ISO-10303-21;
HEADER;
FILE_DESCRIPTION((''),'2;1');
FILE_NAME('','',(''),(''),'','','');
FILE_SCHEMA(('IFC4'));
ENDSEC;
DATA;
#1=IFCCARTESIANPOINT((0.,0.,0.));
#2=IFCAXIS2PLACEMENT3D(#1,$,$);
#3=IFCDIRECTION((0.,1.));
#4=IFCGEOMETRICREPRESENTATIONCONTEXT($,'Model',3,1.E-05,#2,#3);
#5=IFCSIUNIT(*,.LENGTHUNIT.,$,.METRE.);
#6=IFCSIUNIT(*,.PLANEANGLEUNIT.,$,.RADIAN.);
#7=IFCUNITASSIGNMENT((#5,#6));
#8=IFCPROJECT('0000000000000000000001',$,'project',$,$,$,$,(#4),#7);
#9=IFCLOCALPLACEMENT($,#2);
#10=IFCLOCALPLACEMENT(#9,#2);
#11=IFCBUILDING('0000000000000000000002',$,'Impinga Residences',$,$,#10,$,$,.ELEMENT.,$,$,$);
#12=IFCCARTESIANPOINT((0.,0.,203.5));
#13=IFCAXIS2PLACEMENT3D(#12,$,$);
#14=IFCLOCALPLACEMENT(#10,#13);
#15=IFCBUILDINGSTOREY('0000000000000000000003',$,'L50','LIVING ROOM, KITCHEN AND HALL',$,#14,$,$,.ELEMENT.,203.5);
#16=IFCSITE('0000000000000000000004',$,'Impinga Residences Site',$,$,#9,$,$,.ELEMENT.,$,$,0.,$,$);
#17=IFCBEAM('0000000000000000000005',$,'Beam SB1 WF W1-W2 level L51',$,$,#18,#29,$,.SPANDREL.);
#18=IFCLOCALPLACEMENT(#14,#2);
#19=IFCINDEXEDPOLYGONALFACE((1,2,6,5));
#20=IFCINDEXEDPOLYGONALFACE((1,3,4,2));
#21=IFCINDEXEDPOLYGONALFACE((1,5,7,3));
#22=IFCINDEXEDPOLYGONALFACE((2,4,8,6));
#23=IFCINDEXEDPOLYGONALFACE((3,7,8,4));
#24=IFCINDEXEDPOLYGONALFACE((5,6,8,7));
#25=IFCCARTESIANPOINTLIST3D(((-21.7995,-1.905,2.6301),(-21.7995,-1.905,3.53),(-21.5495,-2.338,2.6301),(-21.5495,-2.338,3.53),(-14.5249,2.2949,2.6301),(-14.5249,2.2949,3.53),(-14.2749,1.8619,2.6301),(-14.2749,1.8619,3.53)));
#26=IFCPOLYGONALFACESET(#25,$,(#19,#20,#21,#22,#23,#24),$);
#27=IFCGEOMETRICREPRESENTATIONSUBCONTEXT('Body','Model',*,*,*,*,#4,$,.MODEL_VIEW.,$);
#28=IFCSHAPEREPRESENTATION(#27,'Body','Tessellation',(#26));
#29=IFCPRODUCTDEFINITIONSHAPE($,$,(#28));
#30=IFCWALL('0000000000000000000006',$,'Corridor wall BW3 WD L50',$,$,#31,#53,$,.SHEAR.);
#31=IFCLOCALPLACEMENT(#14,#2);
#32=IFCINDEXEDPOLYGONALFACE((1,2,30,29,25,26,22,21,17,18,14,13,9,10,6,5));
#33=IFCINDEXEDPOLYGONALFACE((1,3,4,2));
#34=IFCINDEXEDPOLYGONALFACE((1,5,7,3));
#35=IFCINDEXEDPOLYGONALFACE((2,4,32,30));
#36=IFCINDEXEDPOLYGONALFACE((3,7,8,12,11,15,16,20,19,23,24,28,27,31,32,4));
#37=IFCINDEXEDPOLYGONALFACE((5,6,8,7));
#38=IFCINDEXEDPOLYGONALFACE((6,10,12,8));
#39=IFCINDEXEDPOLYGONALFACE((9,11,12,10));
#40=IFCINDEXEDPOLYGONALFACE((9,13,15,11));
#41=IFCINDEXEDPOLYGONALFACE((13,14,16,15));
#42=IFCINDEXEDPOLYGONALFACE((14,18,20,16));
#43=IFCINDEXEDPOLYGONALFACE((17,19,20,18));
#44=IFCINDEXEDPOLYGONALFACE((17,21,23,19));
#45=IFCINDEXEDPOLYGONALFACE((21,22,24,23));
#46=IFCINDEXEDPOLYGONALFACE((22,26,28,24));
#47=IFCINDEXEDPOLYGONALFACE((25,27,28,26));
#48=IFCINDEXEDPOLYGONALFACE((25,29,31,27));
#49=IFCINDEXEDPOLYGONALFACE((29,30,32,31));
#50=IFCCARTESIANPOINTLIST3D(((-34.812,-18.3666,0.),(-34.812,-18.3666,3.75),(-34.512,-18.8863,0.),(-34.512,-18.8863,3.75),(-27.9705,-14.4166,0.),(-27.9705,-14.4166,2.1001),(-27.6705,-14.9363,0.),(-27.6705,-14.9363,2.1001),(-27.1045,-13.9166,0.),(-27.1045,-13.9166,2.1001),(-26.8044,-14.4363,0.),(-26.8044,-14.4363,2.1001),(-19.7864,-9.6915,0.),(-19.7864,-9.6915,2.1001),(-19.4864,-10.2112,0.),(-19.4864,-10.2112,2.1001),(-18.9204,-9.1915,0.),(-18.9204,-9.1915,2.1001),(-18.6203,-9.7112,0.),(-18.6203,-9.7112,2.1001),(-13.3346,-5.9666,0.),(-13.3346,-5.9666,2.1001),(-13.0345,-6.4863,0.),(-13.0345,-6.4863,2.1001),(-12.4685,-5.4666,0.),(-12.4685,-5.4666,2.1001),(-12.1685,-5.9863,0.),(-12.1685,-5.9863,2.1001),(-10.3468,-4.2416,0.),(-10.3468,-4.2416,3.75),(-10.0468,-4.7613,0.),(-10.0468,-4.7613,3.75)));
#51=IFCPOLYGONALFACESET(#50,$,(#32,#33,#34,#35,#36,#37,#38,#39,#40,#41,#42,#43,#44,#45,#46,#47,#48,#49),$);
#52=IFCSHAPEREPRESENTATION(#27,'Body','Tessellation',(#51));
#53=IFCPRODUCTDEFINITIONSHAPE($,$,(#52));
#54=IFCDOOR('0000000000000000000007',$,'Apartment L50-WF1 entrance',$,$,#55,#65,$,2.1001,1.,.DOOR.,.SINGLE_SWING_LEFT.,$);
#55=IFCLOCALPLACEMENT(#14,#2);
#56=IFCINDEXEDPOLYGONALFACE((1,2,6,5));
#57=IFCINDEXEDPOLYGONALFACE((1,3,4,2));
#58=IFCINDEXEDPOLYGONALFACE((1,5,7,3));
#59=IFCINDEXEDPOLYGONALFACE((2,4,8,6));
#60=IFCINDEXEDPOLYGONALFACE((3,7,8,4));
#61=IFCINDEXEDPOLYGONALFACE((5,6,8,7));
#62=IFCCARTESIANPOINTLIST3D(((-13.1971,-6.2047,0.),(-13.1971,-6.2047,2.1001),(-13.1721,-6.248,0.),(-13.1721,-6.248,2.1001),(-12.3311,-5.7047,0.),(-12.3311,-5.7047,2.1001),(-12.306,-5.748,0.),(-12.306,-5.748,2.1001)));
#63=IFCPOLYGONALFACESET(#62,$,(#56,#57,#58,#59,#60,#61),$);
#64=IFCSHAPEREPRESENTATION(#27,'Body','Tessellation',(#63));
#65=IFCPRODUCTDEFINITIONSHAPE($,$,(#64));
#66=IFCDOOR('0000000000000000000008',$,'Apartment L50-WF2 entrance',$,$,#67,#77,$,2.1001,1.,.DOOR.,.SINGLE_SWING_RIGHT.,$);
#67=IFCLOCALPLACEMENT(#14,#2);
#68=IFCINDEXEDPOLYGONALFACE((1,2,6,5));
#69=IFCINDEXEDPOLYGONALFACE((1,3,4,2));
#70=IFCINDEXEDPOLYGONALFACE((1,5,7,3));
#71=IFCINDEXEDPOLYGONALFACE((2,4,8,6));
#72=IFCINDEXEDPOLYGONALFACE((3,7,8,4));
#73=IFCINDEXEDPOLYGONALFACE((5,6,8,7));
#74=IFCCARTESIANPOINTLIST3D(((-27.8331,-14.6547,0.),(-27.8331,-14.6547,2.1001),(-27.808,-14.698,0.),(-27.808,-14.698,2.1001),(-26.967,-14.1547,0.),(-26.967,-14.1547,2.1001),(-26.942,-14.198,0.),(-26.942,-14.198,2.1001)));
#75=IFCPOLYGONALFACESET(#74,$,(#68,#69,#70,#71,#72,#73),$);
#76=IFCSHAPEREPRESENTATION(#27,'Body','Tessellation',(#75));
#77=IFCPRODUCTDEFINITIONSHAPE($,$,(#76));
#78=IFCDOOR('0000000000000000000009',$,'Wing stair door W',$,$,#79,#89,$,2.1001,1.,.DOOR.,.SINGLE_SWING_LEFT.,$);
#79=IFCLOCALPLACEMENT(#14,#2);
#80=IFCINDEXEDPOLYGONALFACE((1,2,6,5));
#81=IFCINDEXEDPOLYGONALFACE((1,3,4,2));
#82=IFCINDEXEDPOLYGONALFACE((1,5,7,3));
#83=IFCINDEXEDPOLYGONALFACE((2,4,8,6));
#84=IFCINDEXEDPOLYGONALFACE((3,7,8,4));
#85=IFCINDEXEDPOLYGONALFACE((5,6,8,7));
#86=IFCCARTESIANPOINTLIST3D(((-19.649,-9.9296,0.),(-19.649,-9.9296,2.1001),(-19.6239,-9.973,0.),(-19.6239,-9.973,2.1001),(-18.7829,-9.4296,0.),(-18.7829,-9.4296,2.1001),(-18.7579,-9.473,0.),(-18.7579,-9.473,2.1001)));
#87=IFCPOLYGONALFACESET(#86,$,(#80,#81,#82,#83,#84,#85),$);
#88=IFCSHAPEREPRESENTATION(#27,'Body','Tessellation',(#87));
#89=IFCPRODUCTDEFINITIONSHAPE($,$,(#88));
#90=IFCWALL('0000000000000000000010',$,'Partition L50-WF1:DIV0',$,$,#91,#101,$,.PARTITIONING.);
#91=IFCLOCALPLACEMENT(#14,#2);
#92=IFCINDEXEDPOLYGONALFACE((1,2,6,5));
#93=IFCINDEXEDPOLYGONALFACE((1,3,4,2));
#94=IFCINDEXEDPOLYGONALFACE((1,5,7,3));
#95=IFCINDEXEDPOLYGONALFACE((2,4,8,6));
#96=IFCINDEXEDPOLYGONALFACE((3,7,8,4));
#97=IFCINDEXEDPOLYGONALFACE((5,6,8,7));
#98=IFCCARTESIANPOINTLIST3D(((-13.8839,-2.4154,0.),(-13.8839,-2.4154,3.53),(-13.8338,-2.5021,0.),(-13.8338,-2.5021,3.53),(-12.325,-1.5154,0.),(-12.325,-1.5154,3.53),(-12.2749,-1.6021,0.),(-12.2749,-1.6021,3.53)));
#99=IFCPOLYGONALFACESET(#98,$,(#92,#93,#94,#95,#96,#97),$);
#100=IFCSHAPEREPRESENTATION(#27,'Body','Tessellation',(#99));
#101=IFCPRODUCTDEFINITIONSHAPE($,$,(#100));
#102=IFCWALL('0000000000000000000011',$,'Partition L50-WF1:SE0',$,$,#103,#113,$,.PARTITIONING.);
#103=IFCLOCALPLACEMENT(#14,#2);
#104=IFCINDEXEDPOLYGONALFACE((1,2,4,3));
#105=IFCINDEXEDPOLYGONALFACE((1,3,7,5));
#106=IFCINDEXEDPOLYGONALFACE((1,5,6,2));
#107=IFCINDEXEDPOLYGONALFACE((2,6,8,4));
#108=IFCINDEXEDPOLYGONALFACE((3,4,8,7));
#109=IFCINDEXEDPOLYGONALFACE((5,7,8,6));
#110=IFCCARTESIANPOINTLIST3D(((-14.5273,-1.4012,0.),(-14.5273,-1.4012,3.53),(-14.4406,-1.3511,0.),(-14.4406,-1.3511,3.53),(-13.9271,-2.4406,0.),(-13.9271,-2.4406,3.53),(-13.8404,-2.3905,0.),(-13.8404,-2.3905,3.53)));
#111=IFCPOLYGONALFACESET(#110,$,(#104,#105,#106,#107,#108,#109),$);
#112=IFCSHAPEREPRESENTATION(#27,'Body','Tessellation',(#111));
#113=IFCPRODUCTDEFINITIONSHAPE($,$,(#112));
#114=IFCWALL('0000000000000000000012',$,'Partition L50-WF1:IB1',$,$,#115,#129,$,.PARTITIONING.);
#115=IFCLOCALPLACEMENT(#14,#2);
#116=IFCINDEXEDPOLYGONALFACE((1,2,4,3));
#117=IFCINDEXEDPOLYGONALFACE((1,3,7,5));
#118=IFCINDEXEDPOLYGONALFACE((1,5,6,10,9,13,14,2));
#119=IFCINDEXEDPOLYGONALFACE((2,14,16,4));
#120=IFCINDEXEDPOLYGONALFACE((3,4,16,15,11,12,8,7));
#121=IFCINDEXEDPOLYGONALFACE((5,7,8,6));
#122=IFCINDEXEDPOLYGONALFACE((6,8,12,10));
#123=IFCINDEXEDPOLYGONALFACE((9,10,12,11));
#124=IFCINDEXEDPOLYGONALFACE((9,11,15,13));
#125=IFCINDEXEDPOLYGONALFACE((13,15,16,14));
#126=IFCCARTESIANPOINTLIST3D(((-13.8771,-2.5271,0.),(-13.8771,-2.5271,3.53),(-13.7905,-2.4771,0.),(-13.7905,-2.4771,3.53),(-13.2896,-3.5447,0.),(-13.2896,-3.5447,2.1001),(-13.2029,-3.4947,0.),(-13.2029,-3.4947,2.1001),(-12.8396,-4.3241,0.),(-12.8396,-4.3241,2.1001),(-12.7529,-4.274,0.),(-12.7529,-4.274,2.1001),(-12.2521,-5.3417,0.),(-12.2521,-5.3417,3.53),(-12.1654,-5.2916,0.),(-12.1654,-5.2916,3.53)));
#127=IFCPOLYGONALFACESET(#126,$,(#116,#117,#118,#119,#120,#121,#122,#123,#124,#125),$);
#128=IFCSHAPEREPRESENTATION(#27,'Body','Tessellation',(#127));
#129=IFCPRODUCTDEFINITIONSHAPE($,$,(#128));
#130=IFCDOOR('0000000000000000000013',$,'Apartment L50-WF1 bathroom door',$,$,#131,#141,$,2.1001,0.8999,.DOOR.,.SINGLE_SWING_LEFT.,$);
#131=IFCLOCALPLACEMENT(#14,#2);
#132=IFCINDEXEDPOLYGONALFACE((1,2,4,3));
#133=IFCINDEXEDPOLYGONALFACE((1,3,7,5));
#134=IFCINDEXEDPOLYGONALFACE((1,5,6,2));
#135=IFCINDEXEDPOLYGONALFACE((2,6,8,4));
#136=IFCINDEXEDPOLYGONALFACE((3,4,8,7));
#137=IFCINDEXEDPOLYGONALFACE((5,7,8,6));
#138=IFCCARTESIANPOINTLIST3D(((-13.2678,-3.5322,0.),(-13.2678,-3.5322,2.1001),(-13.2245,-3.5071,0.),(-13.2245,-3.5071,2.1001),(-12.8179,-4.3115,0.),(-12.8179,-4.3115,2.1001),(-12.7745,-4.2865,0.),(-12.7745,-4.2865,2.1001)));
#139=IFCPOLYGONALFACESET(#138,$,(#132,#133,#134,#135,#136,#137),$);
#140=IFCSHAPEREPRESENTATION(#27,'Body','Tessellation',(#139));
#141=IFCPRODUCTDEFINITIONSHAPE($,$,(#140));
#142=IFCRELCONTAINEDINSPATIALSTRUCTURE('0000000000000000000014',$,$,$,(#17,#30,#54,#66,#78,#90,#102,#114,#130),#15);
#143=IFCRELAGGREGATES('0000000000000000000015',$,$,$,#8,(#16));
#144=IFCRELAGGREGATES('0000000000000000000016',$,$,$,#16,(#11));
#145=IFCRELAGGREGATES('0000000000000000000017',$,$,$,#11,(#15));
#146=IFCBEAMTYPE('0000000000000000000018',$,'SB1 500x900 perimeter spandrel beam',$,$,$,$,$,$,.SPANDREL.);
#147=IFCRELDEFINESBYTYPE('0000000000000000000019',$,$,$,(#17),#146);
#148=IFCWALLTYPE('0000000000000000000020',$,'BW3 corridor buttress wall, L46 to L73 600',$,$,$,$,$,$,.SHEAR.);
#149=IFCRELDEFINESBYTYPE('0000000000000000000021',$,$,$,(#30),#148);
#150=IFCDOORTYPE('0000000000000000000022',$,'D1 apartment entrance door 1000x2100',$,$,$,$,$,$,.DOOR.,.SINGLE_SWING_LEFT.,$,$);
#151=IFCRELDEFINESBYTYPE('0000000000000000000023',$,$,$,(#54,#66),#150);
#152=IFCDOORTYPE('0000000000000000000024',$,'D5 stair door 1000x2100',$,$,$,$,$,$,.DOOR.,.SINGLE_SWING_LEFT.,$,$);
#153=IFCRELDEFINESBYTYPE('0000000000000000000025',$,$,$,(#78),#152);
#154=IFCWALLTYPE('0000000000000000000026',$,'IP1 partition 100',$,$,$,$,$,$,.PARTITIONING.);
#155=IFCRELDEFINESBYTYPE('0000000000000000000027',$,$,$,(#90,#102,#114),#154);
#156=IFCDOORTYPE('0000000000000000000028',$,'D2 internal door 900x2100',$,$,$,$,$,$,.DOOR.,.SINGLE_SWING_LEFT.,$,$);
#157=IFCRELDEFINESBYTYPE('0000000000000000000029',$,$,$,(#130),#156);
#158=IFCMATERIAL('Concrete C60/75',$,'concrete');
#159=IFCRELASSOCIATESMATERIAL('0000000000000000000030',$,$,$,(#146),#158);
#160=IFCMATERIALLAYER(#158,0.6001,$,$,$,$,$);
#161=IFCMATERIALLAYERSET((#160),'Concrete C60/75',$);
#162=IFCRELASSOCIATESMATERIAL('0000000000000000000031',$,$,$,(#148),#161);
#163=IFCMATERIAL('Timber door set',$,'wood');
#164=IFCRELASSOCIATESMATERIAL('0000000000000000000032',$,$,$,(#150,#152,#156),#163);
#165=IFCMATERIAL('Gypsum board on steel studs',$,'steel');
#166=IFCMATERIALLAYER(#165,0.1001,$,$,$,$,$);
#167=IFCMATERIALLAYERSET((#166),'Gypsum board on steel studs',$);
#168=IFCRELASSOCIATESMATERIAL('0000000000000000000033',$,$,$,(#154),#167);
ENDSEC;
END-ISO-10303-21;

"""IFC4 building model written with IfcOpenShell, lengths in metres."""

from ifc_helpers import new_model, si_unit, direction, frame, frame_2d, origin, origin_2d, place, context, subcontext, project, spatial, rectangle, extrude, material, layer, layer_set, material_profile, profile_set, type_object, element, fill, save


model = new_model("IFC4")

# Units and contexts
model_context = context("Model", 3, precision=1e-05, world=origin(), true_north=direction((0.0, 1.0)))
body_context = subcontext(model_context, "Body", "Model", "MODEL_VIEW")
ifc_project = project(units=[si_unit("LENGTHUNIT", "METRE"), si_unit("PLANEANGLEUNIT", "RADIAN")], contexts=[model_context])

# Site, building, storey
site_placement = place(None, origin())
site = spatial("IfcSite", under=ifc_project, at=site_placement, Name="Impinga Residences Site", CompositionType="ELEMENT", RefElevation=0.0)
building_placement = place(site_placement, origin())
building = spatial("IfcBuilding", under=site, at=building_placement, Name="Impinga Residences", CompositionType="ELEMENT")
storey_placement = place(building_placement, frame((0.0, 0.0, 203.5)))
storey = spatial("IfcBuildingStorey", under=building, at=storey_placement, Name="L50", Description="LIVING ROOM, KITCHEN AND HALL", CompositionType="ELEMENT", Elevation=203.5)

# Beam
ifc_material_1 = material(Name="Concrete C60/75", Category="concrete")
ifc_material_profile = material_profile(ifc_material_1, rectangle(XDim=0.5, YDim=0.8999, at=origin_2d()), Name="RC 500x900")
ifc_profile_set = profile_set([ifc_material_profile], Name="Concrete C60/75")
beam_type = type_object("IfcBeamType", Name="SB1 500x900 perimeter spandrel beam", PredefinedType="SPANDREL", material=ifc_profile_set)
beam_placement = place(storey_placement, frame((-14.3999, 2.0784, 3.0801), z_axis=(-0.866029, -0.499993, 0.0), x_axis=(0.499993, -0.866029, 0.0)))
element("IfcBeam", 1, at=beam_placement, inside=storey, type_object=beam_type, Name="Beam SB1 WF W1-W2 level L51", PredefinedType="SPANDREL", context=body_context, shape_type="SweptSolid", body=[
    extrude(rectangle(XDim=0.5, YDim=0.8999, at=origin_2d()), origin(), (0.0, 0.0, 1.0), 8.3999),
])

# Wall, openings, doors
ifc_layer_1 = layer(ifc_material_1, 0.6001)
ifc_layer_set_1 = layer_set([ifc_layer_1], Name="Concrete C60/75")
wall_type_1 = type_object("IfcWallType", Name="BW3 corridor buttress wall, L46 to L73 600", PredefinedType="SHEAR", material=ifc_layer_set_1)
wall_1_placement = place(storey_placement, frame((-10.1968, -4.5015, 0.0), z_axis=(0.0, 0.0, 1.0), x_axis=(-0.866026, -0.499998, 0.0)))
wall_1 = element("IfcWall", 2, at=wall_1_placement, inside=storey, type_object=wall_type_1, Name="Corridor wall BW3 WD L50", PredefinedType="SHEAR", context=body_context, shape_type="SweptSolid", body=[
    extrude(rectangle(XDim=28.25, YDim=0.6001, at=frame_2d((14.125, 0.0))), origin(), (0.0, 0.0, 1.0), 3.75),
])
opening_1_placement = place(wall_1_placement, frame((9.8999, 0.0, 0.0)))
opening_1 = element("IfcOpeningElement", 3, at=opening_1_placement, cuts=wall_1, PredefinedType="OPENING", context=body_context, shape_type="SweptSolid", body=[
    extrude(rectangle(XDim=1.0, YDim=2.1001, at=frame_2d((0.5, 1.05))), frame((0.0, 0.3101, 0.0), z_axis=(0.0, -1.0, 0.0), x_axis=(1.0, 0.0, 0.0)), (0.0, 0.0, 1.0), 0.6201),
])
opening_2_placement = place(wall_1_placement, frame((2.45, 0.0, 0.0)))
opening_2 = element("IfcOpeningElement", 4, at=opening_2_placement, cuts=wall_1, PredefinedType="OPENING", context=body_context, shape_type="SweptSolid", body=[
    extrude(rectangle(XDim=1.0, YDim=2.1001, at=frame_2d((0.5, 1.05))), frame((0.0, 0.3101, 0.0), z_axis=(0.0, -1.0, 0.0), x_axis=(1.0, 0.0, 0.0)), (0.0, 0.0, 1.0), 0.6201),
])
opening_3_placement = place(wall_1_placement, frame((19.3501, 0.0, 0.0)))
opening_3 = element("IfcOpeningElement", 5, at=opening_3_placement, cuts=wall_1, PredefinedType="OPENING", context=body_context, shape_type="SweptSolid", body=[
    extrude(rectangle(XDim=1.0, YDim=2.1001, at=frame_2d((0.5, 1.05))), frame((0.0, 0.3101, 0.0), z_axis=(0.0, -1.0, 0.0), x_axis=(1.0, 0.0, 0.0)), (0.0, 0.0, 1.0), 0.6201),
])
ifc_material_2 = material(Name="Timber door set", Category="wood")
door_type_1 = type_object("IfcDoorType", Name="D1 apartment entrance door 1000x2100", OperationType="SINGLE_SWING_LEFT", PredefinedType="DOOR", material=ifc_material_2)
door_1_placement = place(opening_2_placement, origin())
door_1 = element("IfcDoor", 6, at=door_1_placement, inside=storey, type_object=door_type_1, Name="Apartment L50-WF1 entrance", OperationType="SINGLE_SWING_LEFT", OverallHeight=2.1001, OverallWidth=1.0, PredefinedType="DOOR", context=body_context, shape_type="SweptSolid", body=[
    extrude(rectangle(XDim=1.0, YDim=2.1001, at=frame_2d((0.5, 1.05))), frame((0.0, 0.0249, 0.0), z_axis=(0.0, -1.0, 0.0), x_axis=(1.0, 0.0, 0.0)), (0.0, 0.0, 1.0), 0.05),
])
fill(opening_2, door_1)
door_2_placement = place(opening_3_placement, origin())
door_2 = element("IfcDoor", 7, at=door_2_placement, inside=storey, type_object=door_type_1, Name="Apartment L50-WF2 entrance", OperationType="SINGLE_SWING_RIGHT", OverallHeight=2.1001, OverallWidth=1.0, PredefinedType="DOOR", context=body_context, shape_type="SweptSolid", body=[
    extrude(rectangle(XDim=1.0, YDim=2.1001, at=frame_2d((0.5, 1.05))), frame((0.0, 0.0249, 0.0), z_axis=(0.0, -1.0, 0.0), x_axis=(1.0, 0.0, 0.0)), (0.0, 0.0, 1.0), 0.05),
])
fill(opening_3, door_2)
door_type_2 = type_object("IfcDoorType", Name="D5 stair door 1000x2100", OperationType="SINGLE_SWING_LEFT", PredefinedType="DOOR", material=ifc_material_2)
door_3_placement = place(opening_1_placement, origin())
door_3 = element("IfcDoor", 8, at=door_3_placement, inside=storey, type_object=door_type_2, Name="Wing stair door W", OperationType="SINGLE_SWING_LEFT", OverallHeight=2.1001, OverallWidth=1.0, PredefinedType="DOOR", context=body_context, shape_type="SweptSolid", body=[
    extrude(rectangle(XDim=1.0, YDim=2.1001, at=frame_2d((0.5, 1.05))), frame((0.0, 0.0249, 0.0), z_axis=(0.0, -1.0, 0.0), x_axis=(1.0, 0.0, 0.0)), (0.0, 0.0, 1.0), 0.05),
])
fill(opening_1, door_3)

# Walls
ifc_material_3 = material(Name="Gypsum board on steel studs", Category="steel")
ifc_layer_2 = layer(ifc_material_3, 0.1001)
ifc_layer_set_2 = layer_set([ifc_layer_2], Name="Gypsum board on steel studs")
wall_type_2 = type_object("IfcWallType", Name="IP1 partition 100", PredefinedType="PARTITIONING", material=ifc_layer_set_2)
wall_2_placement = place(storey_placement, frame((-12.3, -1.5588, 0.0), z_axis=(0.0, 0.0, 1.0), x_axis=(-0.866048, -0.499961, 0.0)))
element("IfcWall", 9, at=wall_2_placement, inside=storey, type_object=wall_type_2, Name="Partition L50-WF1:DIV0", PredefinedType="PARTITIONING", context=body_context, shape_type="SweptSolid", body=[
    extrude(rectangle(XDim=1.8, YDim=0.1001, at=frame_2d((0.8999, 0.0))), origin(), (0.0, 0.0, 1.0), 3.53),
])
wall_3_placement = place(storey_placement, frame((-13.8838, -2.4155, 0.0), z_axis=(0.0, 0.0, 1.0), x_axis=(-0.500034, 0.866006, 0.0)))
element("IfcWall", 10, at=wall_3_placement, inside=storey, type_object=wall_type_2, Name="Partition L50-WF1:SE0", PredefinedType="PARTITIONING", context=body_context, shape_type="SweptSolid", body=[
    extrude(rectangle(XDim=1.2002, YDim=0.1001, at=frame_2d((0.6001, 0.0))), origin(), (0.0, 0.0, 1.0), 3.53),
])

# Wall, opening, door
wall_4_placement = place(storey_placement, frame((-12.2087, -5.3167, 0.0), z_axis=(0.0, 0.0, 1.0), x_axis=(-0.500017, 0.866015, 0.0)))
wall_4 = element("IfcWall", 11, at=wall_4_placement, inside=storey, type_object=wall_type_2, Name="Partition L50-WF1:IB1", PredefinedType="PARTITIONING", context=body_context, shape_type="SweptSolid", body=[
    extrude(rectangle(XDim=3.25, YDim=0.1001, at=frame_2d((1.625, 0.0))), origin(), (0.0, 0.0, 1.0), 3.53),
])
opening_4_placement = place(wall_4_placement, frame((1.175, 0.0, 0.0)))
opening_4 = element("IfcOpeningElement", 12, at=opening_4_placement, cuts=wall_4, PredefinedType="OPENING", context=body_context, shape_type="SweptSolid", body=[
    extrude(rectangle(XDim=0.8999, YDim=2.1001, at=frame_2d((0.45, 1.05))), frame((0.0, 0.0601, 0.0), z_axis=(0.0, -1.0, 0.0), x_axis=(1.0, 0.0, 0.0)), (0.0, 0.0, 1.0), 0.1201),
])
door_type_3 = type_object("IfcDoorType", Name="D2 internal door 900x2100", OperationType="SINGLE_SWING_LEFT", PredefinedType="DOOR", material=ifc_material_2)
door_4_placement = place(opening_4_placement, origin())
door_4 = element("IfcDoor", 13, at=door_4_placement, inside=storey, type_object=door_type_3, Name="Apartment L50-WF1 bathroom door", OperationType="SINGLE_SWING_LEFT", OverallHeight=2.1001, OverallWidth=0.8999, PredefinedType="DOOR", context=body_context, shape_type="SweptSolid", body=[
    extrude(rectangle(XDim=0.8999, YDim=2.1001, at=frame_2d((0.45, 1.05))), frame((0.0, 0.0249, 0.0), z_axis=(0.0, -1.0, 0.0), x_axis=(1.0, 0.0, 0.0)), (0.0, 0.0, 1.0), 0.05),
])
fill(opening_4, door_4)

save(model, "model.ifc")
